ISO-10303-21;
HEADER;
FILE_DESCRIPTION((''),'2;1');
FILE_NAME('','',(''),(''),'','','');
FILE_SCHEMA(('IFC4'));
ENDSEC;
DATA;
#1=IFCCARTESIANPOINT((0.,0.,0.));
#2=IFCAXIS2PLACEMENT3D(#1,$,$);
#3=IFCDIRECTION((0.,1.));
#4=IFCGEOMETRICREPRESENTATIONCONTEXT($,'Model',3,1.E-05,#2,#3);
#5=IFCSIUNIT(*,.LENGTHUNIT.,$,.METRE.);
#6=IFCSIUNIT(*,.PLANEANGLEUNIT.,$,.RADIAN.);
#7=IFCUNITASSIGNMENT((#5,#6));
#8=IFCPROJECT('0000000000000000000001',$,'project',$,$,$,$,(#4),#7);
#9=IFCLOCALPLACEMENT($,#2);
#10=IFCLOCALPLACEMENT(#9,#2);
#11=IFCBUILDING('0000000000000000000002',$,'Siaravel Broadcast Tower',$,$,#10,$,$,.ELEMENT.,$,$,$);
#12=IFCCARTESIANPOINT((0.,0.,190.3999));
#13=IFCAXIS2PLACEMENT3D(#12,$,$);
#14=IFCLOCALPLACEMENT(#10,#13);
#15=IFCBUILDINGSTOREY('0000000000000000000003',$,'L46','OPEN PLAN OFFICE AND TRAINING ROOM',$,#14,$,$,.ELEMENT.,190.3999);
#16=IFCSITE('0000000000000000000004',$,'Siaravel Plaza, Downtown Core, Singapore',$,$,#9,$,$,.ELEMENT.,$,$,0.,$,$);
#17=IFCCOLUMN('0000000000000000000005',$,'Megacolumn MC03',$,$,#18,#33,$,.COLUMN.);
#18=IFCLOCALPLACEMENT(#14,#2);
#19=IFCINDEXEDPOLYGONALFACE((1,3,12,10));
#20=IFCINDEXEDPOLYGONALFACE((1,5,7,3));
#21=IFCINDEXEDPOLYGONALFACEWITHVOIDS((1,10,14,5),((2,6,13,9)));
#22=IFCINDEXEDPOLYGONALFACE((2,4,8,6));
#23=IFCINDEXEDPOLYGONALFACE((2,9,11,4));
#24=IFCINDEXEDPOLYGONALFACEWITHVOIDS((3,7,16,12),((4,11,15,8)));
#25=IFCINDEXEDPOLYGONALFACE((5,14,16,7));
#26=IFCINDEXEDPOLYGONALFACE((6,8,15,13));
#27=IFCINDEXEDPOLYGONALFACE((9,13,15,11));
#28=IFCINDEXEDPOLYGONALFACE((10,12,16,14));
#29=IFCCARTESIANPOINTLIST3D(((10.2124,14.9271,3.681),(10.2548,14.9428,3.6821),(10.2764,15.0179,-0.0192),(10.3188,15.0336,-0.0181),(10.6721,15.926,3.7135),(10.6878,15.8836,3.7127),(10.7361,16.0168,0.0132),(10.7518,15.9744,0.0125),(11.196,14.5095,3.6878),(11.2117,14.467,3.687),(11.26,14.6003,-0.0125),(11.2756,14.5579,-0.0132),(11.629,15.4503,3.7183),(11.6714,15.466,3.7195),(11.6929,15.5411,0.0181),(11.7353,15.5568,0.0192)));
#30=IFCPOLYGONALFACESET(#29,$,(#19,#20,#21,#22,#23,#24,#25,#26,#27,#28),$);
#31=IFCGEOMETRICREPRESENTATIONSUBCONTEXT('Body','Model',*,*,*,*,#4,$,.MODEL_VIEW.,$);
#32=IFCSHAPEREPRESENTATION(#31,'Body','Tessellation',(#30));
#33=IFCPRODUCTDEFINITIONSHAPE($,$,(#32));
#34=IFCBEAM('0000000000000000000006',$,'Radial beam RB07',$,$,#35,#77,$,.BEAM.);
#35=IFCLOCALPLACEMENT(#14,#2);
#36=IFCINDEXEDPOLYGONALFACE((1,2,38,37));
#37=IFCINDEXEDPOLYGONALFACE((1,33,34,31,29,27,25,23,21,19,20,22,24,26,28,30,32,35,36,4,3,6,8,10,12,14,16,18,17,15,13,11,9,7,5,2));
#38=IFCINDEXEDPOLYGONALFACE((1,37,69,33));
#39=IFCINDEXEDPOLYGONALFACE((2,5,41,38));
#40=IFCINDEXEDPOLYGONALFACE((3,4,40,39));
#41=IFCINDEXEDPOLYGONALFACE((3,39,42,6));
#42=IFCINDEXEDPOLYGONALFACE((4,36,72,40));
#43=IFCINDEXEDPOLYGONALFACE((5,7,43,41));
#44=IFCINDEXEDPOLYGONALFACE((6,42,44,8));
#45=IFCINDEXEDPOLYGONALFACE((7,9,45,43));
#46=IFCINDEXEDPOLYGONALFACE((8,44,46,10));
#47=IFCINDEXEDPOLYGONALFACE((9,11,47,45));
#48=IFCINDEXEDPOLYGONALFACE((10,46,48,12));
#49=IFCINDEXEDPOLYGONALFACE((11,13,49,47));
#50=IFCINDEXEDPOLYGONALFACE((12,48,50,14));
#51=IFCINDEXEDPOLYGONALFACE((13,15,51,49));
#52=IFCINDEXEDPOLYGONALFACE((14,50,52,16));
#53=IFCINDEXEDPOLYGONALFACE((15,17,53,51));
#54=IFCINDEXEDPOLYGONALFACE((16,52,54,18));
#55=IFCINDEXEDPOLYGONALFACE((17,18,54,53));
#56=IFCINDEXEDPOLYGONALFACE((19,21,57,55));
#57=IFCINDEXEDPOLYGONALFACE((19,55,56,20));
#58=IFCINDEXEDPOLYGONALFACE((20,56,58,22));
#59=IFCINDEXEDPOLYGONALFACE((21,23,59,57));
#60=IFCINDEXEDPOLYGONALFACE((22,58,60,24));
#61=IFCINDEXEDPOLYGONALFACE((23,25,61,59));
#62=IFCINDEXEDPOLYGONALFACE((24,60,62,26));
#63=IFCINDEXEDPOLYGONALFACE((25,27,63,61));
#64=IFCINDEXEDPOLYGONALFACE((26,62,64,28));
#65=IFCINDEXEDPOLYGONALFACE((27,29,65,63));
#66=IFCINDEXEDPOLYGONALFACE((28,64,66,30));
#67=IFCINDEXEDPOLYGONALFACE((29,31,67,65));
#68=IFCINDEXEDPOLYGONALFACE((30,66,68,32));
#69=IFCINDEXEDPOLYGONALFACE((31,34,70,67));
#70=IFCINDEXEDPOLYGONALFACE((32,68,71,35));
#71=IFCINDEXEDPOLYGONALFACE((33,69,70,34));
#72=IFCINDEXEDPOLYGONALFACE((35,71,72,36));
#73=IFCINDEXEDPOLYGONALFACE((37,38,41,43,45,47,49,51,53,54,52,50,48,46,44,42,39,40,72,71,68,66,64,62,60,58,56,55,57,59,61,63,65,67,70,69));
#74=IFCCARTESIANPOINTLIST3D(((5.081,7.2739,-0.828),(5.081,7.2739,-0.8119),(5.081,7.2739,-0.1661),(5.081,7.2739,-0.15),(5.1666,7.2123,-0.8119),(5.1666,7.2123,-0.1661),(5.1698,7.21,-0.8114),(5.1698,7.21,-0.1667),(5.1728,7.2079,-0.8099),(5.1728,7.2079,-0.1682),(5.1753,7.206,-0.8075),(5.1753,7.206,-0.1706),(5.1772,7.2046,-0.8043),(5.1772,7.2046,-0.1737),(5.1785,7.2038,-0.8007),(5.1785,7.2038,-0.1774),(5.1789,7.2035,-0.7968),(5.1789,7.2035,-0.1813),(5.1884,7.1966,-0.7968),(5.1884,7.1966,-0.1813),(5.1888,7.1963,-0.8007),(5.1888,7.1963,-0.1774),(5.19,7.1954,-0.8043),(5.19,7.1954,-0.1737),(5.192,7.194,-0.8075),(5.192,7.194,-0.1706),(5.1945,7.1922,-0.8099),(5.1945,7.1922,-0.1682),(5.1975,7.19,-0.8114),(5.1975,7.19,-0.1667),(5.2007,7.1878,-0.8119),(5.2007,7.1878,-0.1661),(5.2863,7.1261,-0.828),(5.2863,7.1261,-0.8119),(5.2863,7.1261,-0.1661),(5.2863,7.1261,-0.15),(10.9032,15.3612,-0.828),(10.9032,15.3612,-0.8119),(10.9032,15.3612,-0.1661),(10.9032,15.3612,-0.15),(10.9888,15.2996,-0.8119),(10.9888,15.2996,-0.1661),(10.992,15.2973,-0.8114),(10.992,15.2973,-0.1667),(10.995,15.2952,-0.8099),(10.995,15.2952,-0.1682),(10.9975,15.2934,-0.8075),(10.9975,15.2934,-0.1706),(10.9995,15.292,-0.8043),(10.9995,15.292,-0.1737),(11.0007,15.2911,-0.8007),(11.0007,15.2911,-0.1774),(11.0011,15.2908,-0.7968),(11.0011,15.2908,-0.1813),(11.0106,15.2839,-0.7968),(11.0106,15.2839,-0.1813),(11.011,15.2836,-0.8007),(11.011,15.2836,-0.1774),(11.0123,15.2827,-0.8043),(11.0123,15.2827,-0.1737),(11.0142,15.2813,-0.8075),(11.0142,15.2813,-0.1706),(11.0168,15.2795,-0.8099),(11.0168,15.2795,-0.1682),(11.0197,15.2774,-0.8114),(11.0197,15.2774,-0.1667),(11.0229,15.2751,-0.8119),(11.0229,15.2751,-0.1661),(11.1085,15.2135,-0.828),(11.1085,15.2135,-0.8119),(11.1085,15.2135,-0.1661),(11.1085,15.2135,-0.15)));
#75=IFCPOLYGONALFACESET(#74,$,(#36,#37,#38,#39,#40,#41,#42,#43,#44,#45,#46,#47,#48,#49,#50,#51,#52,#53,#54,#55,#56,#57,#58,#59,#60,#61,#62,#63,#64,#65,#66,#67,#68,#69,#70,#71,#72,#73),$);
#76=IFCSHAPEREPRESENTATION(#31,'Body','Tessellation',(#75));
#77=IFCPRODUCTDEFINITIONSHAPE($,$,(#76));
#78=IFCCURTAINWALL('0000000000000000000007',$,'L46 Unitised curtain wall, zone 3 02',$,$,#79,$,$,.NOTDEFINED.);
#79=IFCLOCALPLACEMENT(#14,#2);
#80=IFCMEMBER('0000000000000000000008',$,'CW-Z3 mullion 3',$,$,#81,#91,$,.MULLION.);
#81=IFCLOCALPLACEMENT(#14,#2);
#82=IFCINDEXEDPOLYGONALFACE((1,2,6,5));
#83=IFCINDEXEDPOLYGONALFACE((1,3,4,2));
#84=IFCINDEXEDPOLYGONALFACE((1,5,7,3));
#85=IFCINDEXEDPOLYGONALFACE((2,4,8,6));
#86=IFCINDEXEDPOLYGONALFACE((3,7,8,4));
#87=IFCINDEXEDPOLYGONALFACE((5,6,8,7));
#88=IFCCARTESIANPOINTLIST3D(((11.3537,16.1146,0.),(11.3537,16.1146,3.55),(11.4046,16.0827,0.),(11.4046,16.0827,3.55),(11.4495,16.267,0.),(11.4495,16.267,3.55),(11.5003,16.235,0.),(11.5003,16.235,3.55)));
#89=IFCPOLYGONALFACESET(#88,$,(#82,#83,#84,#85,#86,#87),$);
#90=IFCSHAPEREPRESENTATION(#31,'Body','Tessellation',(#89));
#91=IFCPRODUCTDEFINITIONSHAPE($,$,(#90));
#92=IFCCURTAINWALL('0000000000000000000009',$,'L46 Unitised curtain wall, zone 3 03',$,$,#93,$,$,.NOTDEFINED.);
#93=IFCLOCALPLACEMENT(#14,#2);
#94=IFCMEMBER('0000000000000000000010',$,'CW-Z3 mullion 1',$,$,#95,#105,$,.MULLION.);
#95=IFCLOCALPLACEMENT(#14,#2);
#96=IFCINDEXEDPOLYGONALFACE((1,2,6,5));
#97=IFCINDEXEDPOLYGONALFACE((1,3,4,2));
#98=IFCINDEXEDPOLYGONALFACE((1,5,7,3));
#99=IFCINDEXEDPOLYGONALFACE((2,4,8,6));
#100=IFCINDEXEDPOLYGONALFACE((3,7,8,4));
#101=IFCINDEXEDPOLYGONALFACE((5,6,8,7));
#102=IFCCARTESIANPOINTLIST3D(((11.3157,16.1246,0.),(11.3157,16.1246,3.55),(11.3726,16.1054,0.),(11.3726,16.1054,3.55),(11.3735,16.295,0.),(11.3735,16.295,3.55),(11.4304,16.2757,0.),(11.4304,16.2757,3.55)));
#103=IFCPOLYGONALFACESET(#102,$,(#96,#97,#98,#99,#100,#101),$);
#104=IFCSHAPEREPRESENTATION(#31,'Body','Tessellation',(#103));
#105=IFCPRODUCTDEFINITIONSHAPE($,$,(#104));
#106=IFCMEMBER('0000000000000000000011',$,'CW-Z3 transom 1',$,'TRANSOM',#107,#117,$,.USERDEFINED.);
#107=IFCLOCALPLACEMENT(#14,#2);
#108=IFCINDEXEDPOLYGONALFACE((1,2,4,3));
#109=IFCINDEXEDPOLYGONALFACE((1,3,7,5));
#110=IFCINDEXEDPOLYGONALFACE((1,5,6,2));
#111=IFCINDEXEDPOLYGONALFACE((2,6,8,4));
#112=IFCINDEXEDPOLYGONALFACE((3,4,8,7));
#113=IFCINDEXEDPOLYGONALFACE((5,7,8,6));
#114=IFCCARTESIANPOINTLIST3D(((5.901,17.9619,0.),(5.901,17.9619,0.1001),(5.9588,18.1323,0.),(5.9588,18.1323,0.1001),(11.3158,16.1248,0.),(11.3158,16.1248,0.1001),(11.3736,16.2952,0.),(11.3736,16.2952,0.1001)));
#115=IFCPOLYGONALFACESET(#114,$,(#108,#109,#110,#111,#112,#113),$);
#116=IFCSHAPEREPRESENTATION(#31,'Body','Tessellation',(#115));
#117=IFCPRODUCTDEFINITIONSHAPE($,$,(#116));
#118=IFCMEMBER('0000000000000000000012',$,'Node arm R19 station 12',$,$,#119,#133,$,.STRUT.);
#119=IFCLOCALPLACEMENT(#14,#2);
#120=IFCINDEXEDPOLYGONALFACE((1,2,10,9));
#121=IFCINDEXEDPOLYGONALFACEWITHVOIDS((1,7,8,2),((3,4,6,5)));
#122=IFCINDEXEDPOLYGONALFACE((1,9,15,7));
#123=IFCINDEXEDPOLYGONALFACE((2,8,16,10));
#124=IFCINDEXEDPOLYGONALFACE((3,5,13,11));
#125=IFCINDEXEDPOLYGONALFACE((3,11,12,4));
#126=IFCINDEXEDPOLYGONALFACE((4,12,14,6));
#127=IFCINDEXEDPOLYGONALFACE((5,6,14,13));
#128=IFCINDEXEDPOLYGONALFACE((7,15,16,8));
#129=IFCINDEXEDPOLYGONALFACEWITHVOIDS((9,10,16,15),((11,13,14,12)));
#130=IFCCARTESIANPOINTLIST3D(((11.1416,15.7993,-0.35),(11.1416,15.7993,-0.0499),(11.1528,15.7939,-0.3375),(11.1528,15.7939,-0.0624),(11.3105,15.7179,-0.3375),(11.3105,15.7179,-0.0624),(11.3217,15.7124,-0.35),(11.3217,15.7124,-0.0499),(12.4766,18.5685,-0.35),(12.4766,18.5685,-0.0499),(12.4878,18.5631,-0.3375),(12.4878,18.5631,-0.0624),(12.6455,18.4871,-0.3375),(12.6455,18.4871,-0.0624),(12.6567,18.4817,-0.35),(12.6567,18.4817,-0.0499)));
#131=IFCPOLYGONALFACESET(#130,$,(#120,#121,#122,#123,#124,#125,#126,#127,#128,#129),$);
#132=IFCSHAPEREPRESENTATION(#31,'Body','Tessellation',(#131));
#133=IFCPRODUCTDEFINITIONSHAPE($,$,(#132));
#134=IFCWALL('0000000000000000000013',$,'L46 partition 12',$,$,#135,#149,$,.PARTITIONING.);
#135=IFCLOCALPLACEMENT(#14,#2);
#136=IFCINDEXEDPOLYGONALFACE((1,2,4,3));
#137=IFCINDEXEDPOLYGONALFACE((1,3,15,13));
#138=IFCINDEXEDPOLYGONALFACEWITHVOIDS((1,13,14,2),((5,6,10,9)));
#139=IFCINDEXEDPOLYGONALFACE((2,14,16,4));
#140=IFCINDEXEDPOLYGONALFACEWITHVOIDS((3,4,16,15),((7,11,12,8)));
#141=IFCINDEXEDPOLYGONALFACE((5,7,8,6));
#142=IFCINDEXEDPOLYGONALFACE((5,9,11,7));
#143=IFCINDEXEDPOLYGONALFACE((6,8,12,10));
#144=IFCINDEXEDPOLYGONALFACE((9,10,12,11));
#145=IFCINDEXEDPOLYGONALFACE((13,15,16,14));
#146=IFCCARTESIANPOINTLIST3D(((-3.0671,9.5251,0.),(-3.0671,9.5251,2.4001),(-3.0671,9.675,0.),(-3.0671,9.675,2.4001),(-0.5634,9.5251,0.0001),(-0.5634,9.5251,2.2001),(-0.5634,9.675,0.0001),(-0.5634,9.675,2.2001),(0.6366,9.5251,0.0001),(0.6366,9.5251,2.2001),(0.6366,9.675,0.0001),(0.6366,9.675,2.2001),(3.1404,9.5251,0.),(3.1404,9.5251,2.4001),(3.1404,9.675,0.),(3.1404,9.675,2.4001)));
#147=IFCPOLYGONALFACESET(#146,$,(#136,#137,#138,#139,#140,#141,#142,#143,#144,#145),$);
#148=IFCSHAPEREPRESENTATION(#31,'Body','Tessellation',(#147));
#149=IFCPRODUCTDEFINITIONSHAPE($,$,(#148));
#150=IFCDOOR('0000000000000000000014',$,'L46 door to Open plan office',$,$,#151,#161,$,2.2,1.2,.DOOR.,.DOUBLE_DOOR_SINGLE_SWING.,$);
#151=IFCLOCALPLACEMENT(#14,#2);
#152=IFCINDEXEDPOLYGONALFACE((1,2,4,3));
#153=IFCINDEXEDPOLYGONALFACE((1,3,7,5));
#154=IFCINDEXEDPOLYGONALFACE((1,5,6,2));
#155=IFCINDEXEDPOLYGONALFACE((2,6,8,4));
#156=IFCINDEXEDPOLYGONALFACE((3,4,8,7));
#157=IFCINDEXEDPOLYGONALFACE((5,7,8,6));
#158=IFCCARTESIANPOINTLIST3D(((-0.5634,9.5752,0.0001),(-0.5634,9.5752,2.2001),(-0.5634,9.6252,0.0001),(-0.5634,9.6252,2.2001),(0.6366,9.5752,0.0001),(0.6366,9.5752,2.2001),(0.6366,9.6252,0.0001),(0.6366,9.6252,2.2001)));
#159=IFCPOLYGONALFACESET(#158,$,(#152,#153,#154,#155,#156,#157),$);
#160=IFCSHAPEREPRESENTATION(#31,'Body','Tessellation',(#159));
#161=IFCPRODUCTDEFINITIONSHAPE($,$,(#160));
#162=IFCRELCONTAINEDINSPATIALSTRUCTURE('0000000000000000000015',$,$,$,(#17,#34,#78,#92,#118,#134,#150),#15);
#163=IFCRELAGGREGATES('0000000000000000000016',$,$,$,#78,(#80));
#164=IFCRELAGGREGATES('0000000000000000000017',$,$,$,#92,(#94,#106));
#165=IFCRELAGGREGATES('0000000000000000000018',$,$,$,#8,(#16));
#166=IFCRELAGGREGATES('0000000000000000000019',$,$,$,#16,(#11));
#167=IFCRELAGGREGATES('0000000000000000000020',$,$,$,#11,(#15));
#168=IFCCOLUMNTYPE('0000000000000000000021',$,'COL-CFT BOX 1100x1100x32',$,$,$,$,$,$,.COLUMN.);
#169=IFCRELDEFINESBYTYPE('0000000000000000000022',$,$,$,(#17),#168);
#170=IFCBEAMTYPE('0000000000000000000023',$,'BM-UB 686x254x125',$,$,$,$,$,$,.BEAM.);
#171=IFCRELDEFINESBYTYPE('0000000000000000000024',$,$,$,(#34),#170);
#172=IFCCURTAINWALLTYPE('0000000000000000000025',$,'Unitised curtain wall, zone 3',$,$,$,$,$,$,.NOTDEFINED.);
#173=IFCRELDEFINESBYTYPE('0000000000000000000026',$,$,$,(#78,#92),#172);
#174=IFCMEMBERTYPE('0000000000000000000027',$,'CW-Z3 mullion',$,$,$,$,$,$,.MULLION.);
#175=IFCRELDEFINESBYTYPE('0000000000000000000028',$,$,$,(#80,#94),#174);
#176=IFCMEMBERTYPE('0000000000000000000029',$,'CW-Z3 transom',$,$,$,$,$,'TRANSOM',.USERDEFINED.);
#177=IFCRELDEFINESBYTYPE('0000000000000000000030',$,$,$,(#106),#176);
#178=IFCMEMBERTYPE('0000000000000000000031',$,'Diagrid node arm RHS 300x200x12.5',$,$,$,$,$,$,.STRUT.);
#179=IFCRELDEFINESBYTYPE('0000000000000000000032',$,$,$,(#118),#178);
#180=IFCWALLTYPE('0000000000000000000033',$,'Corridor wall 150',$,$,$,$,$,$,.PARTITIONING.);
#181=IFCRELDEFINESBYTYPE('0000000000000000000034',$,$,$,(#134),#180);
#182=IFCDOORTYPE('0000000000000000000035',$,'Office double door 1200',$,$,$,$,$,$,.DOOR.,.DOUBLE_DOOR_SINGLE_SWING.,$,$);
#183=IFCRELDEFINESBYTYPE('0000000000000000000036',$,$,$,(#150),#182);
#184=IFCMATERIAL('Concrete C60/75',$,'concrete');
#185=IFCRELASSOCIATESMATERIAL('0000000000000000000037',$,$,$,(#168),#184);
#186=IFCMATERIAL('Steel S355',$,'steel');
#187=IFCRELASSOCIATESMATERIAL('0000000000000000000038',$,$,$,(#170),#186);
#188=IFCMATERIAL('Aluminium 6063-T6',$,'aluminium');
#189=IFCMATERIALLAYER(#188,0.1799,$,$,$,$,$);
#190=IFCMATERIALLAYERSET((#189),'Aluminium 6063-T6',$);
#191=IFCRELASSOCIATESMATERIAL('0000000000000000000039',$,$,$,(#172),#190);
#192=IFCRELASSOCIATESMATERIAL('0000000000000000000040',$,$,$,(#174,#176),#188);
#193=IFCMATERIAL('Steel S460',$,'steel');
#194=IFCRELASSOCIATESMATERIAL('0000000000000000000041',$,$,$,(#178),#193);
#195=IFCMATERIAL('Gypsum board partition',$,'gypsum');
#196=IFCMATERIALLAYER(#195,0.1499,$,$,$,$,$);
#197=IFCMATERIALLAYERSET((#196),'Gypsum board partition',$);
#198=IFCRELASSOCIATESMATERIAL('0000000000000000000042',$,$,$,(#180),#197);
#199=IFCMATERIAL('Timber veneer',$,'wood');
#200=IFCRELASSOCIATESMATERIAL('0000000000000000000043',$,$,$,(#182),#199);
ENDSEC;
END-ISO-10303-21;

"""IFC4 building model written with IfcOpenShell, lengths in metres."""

from ifc_helpers import new_model, si_unit, direction, frame, frame_2d, origin, origin_2d, place, context, subcontext, project, spatial, rectangle, hollow_rectangle, i_section, extrude, material, layer, layer_set, material_profile, profile_set, type_object, element, fill, aggregate, save


model = new_model("IFC4")

# Units and contexts
model_context = context("Model", 3, precision=1e-05, world=origin(), true_north=direction((0.0, 1.0)))
body_context = subcontext(model_context, "Body", "Model", "MODEL_VIEW")
ifc_project = project(units=[si_unit("LENGTHUNIT", "METRE"), si_unit("PLANEANGLEUNIT", "RADIAN")], contexts=[model_context])

# Site, building, storey
site_placement = place(None, origin())
site = spatial("IfcSite", under=ifc_project, at=site_placement, Name="Siaravel Plaza, Downtown Core, Singapore", CompositionType="ELEMENT", RefElevation=0.0)
building_placement = place(site_placement, origin())
building = spatial("IfcBuilding", under=site, at=building_placement, Name="Siaravel Broadcast Tower", CompositionType="ELEMENT")
storey_placement = place(building_placement, frame((0.0, 0.0, 190.3999)))
storey = spatial("IfcBuildingStorey", under=building, at=storey_placement, Name="L46", Description="OPEN PLAN OFFICE AND TRAINING ROOM", CompositionType="ELEMENT", Elevation=190.3999)

# Column
ifc_material_1 = material(Name="Concrete C60/75", Category="concrete")
ifc_material_profile_1 = material_profile(ifc_material_1, hollow_rectangle(XDim=1.1001, YDim=1.1001, WallThickness=0.032, at=origin_2d()))
ifc_profile_set_1 = profile_set([ifc_material_profile_1], Name="Concrete C60/75")
column_type = type_object("IfcColumnType", Name="COL-CFT BOX 1100x1100x32", PredefinedType="COLUMN", material=ifc_profile_set_1)
column_placement = place(storey_placement, frame((11.0059, 15.2874, 0.0), z_axis=(-0.017279, -0.024534, 0.99955), x_axis=(0.908344, -0.418189, 0.005438)))
element("IfcColumn", 1, at=column_placement, inside=storey, type_object=column_type, Name="Megacolumn MC03", PredefinedType="COLUMN", context=body_context, shape_type="SweptSolid", body=[
    extrude(hollow_rectangle(XDim=1.1001, YDim=1.1001, WallThickness=0.032, at=origin_2d()), origin(), (0.0, 0.0, 1.0), 3.7019),
])

# Beam
ifc_material_2 = material(Name="Steel S355", Category="steel")
ifc_material_profile_2 = material_profile(ifc_material_2, i_section(OverallWidth=0.2529, OverallDepth=0.678, WebThickness=0.0117, FlangeThickness=0.0161, FilletRadius=0.0151, at=origin_2d()))
ifc_profile_set_2 = profile_set([ifc_material_profile_2], Name="Steel S355")
beam_type = type_object("IfcBeamType", Name="BM-UB 686x254x125", PredefinedType="BEAM", material=ifc_profile_set_2)
beam_placement = place(storey_placement, frame((11.0059, 15.2874, -0.489), z_axis=(-0.584261, -0.811566, 0.0), x_axis=(0.811566, -0.584261, 0.0)))
element("IfcBeam", 2, at=beam_placement, inside=storey, type_object=beam_type, Name="Radial beam RB07", PredefinedType="BEAM", context=body_context, shape_type="SweptSolid", body=[
    extrude(i_section(OverallWidth=0.2529, OverallDepth=0.678, WebThickness=0.0117, FlangeThickness=0.0161, FilletRadius=0.0151, at=origin_2d()), origin(), (0.0, 0.0, 1.0), 9.9651),
])

# Curtain wall, member
ifc_material_3 = material(Name="Aluminium 6063-T6", Category="aluminium")
ifc_layer_1 = layer(ifc_material_3, 0.1799)
ifc_layer_set_1 = layer_set([ifc_layer_1], Name="Aluminium 6063-T6")
curtain_wall_type = type_object("IfcCurtainWallType", Name="Unitised curtain wall, zone 3", PredefinedType="NOTDEFINED", material=ifc_layer_set_1)
curtain_wall_1_placement = place(storey_placement, origin())
curtain_wall_1 = element("IfcCurtainWall", 3, at=curtain_wall_1_placement, inside=storey, type_object=curtain_wall_type, Name="L46 Unitised curtain wall, zone 3 02", PredefinedType="NOTDEFINED")
ifc_material_profile_3 = material_profile(ifc_material_3, rectangle(XDim=0.1799, YDim=0.0601, at=origin_2d()))
ifc_profile_set_3 = profile_set([ifc_material_profile_3], Name="Aluminium 6063-T6")
member_type_1 = type_object("IfcMemberType", Name="CW-Z3 mullion", PredefinedType="MULLION", material=ifc_profile_set_3)
member_1_placement = place(storey_placement, frame((11.427, 16.1748, 0.0), z_axis=(0.0, 0.0, 1.0), x_axis=(-0.532149, -0.846651, 0.0)))
member_1 = element("IfcMember", 4, at=member_1_placement, type_object=member_type_1, Name="CW-Z3 mullion 3", PredefinedType="MULLION", context=body_context, shape_type="SweptSolid", body=[
    extrude(rectangle(XDim=0.1799, YDim=0.0601, at=origin_2d()), origin(), (0.0, 0.0, 1.0), 3.55),
])
aggregate(curtain_wall_1, [member_1])

# Curtain wall, members
curtain_wall_2_placement = place(storey_placement, origin())
curtain_wall_2 = element("IfcCurtainWall", 5, at=curtain_wall_2_placement, inside=storey, type_object=curtain_wall_type, Name="L46 Unitised curtain wall, zone 3 03", PredefinedType="NOTDEFINED")
member_2_placement = place(storey_placement, frame((11.373, 16.2002, 0.0), z_axis=(0.0, 0.0, 1.0), x_axis=(-0.3213, -0.946977, 0.0)))
member_2 = element("IfcMember", 6, at=member_2_placement, type_object=member_type_1, Name="CW-Z3 mullion 1", PredefinedType="MULLION", context=body_context, shape_type="SweptSolid", body=[
    extrude(rectangle(XDim=0.1799, YDim=0.0601, at=origin_2d()), origin(), (0.0, 0.0, 1.0), 3.55),
])
ifc_material_profile_4 = material_profile(ifc_material_3, rectangle(XDim=0.1799, YDim=0.1001, at=origin_2d()))
ifc_profile_set_4 = profile_set([ifc_material_profile_4], Name="Aluminium 6063-T6")
member_type_2 = type_object("IfcMemberType", Name="CW-Z3 transom", ElementType="TRANSOM", PredefinedType="USERDEFINED", material=ifc_profile_set_4)
member_3_placement = place(storey_placement, frame((11.3447, 16.21, 0.05), z_axis=(-0.946979, 0.321296, 0.0), x_axis=(-0.321296, -0.946979, 0.0)))
member_3 = element("IfcMember", 7, at=member_3_placement, type_object=member_type_2, Name="CW-Z3 transom 1", ObjectType="TRANSOM", PredefinedType="USERDEFINED", context=body_context, shape_type="SweptSolid", body=[
    extrude(rectangle(XDim=0.1799, YDim=0.1001, at=origin_2d()), origin(), (0.0, 0.0, 1.0), 5.718),
])
aggregate(curtain_wall_2, [member_2, member_3])

# Member
ifc_material_4 = material(Name="Steel S460", Category="steel")
ifc_material_profile_5 = material_profile(ifc_material_4, hollow_rectangle(XDim=0.2, YDim=0.3, WallThickness=0.0125, at=origin_2d()))
ifc_profile_set_5 = profile_set([ifc_material_profile_5], Name="Steel S460")
member_type_3 = type_object("IfcMemberType", Name="Diagrid node arm RHS 300x200x12.5", PredefinedType="STRUT", material=ifc_profile_set_5)
member_4_placement = place(storey_placement, frame((11.2317, 15.7559, -0.2), z_axis=(0.434238, 0.900798, 0.0), x_axis=(-0.900798, 0.434238, 0.0)))
element("IfcMember", 8, at=member_4_placement, inside=storey, type_object=member_type_3, Name="Node arm R19 station 12", PredefinedType="STRUT", context=body_context, shape_type="SweptSolid", body=[
    extrude(hollow_rectangle(XDim=0.2, YDim=0.3, WallThickness=0.0125, at=origin_2d()), origin(), (0.0, 0.0, 1.0), 3.0742),
])

# Wall, opening, door
ifc_material_5 = material(Name="Gypsum board partition", Category="gypsum")
ifc_layer_2 = layer(ifc_material_5, 0.1499)
ifc_layer_set_2 = layer_set([ifc_layer_2], Name="Gypsum board partition")
wall_type_1 = type_object("IfcWallType", Name="Corridor wall 150", PredefinedType="PARTITIONING", material=ifc_layer_set_2)
wall_1_placement = place(storey_placement, frame((3.1404, 9.6001, 0.0), z_axis=(0.0, 0.0, 1.0), x_axis=(-1.0, 0.0, 0.0)))
wall_1 = element("IfcWall", 9, at=wall_1_placement, inside=storey, type_object=wall_type_1, Name="L46 partition 12", PredefinedType="PARTITIONING", context=body_context, shape_type="SweptSolid", body=[
    extrude(rectangle(XDim=6.2075, YDim=0.1499, at=frame_2d((3.1038, 0.0))), origin(), (0.0, 0.0, 1.0), 2.4001),
])
opening_1_placement = place(wall_1_placement, frame((2.5037, 0.0, 0.0)))
opening_1 = element("IfcOpeningElement", 10, at=opening_1_placement, cuts=wall_1, PredefinedType="OPENING", context=body_context, shape_type="SweptSolid", body=[
    extrude(rectangle(XDim=1.2, YDim=2.2, at=frame_2d((0.6001, 1.1001))), frame((0.0, 0.085, 0.0), z_axis=(0.0, -1.0, 0.0), x_axis=(1.0, 0.0, 0.0)), (0.0, 0.0, 1.0), 0.1699),
])
ifc_material_6 = material(Name="Timber veneer", Category="wood")
door_type_1 = type_object("IfcDoorType", Name="Office double door 1200", OperationType="DOUBLE_DOOR_SINGLE_SWING", PredefinedType="DOOR", material=ifc_material_6)
door_1_placement = place(opening_1_placement, origin())
door_1 = element("IfcDoor", 11, at=door_1_placement, inside=storey, type_object=door_type_1, Name="L46 door to Open plan office", OperationType="DOUBLE_DOOR_SINGLE_SWING", OverallHeight=2.2, OverallWidth=1.2, PredefinedType="DOOR", context=body_context, shape_type="SweptSolid", body=[
    extrude(rectangle(XDim=1.2, YDim=2.2, at=frame_2d((0.6001, 1.1001))), frame((0.0, 0.0249, 0.0), z_axis=(0.0, -1.0, 0.0), x_axis=(1.0, 0.0, 0.0)), (0.0, 0.0, 1.0), 0.05),
])
fill(opening_1, door_1)

save(model, "model.ifc")
